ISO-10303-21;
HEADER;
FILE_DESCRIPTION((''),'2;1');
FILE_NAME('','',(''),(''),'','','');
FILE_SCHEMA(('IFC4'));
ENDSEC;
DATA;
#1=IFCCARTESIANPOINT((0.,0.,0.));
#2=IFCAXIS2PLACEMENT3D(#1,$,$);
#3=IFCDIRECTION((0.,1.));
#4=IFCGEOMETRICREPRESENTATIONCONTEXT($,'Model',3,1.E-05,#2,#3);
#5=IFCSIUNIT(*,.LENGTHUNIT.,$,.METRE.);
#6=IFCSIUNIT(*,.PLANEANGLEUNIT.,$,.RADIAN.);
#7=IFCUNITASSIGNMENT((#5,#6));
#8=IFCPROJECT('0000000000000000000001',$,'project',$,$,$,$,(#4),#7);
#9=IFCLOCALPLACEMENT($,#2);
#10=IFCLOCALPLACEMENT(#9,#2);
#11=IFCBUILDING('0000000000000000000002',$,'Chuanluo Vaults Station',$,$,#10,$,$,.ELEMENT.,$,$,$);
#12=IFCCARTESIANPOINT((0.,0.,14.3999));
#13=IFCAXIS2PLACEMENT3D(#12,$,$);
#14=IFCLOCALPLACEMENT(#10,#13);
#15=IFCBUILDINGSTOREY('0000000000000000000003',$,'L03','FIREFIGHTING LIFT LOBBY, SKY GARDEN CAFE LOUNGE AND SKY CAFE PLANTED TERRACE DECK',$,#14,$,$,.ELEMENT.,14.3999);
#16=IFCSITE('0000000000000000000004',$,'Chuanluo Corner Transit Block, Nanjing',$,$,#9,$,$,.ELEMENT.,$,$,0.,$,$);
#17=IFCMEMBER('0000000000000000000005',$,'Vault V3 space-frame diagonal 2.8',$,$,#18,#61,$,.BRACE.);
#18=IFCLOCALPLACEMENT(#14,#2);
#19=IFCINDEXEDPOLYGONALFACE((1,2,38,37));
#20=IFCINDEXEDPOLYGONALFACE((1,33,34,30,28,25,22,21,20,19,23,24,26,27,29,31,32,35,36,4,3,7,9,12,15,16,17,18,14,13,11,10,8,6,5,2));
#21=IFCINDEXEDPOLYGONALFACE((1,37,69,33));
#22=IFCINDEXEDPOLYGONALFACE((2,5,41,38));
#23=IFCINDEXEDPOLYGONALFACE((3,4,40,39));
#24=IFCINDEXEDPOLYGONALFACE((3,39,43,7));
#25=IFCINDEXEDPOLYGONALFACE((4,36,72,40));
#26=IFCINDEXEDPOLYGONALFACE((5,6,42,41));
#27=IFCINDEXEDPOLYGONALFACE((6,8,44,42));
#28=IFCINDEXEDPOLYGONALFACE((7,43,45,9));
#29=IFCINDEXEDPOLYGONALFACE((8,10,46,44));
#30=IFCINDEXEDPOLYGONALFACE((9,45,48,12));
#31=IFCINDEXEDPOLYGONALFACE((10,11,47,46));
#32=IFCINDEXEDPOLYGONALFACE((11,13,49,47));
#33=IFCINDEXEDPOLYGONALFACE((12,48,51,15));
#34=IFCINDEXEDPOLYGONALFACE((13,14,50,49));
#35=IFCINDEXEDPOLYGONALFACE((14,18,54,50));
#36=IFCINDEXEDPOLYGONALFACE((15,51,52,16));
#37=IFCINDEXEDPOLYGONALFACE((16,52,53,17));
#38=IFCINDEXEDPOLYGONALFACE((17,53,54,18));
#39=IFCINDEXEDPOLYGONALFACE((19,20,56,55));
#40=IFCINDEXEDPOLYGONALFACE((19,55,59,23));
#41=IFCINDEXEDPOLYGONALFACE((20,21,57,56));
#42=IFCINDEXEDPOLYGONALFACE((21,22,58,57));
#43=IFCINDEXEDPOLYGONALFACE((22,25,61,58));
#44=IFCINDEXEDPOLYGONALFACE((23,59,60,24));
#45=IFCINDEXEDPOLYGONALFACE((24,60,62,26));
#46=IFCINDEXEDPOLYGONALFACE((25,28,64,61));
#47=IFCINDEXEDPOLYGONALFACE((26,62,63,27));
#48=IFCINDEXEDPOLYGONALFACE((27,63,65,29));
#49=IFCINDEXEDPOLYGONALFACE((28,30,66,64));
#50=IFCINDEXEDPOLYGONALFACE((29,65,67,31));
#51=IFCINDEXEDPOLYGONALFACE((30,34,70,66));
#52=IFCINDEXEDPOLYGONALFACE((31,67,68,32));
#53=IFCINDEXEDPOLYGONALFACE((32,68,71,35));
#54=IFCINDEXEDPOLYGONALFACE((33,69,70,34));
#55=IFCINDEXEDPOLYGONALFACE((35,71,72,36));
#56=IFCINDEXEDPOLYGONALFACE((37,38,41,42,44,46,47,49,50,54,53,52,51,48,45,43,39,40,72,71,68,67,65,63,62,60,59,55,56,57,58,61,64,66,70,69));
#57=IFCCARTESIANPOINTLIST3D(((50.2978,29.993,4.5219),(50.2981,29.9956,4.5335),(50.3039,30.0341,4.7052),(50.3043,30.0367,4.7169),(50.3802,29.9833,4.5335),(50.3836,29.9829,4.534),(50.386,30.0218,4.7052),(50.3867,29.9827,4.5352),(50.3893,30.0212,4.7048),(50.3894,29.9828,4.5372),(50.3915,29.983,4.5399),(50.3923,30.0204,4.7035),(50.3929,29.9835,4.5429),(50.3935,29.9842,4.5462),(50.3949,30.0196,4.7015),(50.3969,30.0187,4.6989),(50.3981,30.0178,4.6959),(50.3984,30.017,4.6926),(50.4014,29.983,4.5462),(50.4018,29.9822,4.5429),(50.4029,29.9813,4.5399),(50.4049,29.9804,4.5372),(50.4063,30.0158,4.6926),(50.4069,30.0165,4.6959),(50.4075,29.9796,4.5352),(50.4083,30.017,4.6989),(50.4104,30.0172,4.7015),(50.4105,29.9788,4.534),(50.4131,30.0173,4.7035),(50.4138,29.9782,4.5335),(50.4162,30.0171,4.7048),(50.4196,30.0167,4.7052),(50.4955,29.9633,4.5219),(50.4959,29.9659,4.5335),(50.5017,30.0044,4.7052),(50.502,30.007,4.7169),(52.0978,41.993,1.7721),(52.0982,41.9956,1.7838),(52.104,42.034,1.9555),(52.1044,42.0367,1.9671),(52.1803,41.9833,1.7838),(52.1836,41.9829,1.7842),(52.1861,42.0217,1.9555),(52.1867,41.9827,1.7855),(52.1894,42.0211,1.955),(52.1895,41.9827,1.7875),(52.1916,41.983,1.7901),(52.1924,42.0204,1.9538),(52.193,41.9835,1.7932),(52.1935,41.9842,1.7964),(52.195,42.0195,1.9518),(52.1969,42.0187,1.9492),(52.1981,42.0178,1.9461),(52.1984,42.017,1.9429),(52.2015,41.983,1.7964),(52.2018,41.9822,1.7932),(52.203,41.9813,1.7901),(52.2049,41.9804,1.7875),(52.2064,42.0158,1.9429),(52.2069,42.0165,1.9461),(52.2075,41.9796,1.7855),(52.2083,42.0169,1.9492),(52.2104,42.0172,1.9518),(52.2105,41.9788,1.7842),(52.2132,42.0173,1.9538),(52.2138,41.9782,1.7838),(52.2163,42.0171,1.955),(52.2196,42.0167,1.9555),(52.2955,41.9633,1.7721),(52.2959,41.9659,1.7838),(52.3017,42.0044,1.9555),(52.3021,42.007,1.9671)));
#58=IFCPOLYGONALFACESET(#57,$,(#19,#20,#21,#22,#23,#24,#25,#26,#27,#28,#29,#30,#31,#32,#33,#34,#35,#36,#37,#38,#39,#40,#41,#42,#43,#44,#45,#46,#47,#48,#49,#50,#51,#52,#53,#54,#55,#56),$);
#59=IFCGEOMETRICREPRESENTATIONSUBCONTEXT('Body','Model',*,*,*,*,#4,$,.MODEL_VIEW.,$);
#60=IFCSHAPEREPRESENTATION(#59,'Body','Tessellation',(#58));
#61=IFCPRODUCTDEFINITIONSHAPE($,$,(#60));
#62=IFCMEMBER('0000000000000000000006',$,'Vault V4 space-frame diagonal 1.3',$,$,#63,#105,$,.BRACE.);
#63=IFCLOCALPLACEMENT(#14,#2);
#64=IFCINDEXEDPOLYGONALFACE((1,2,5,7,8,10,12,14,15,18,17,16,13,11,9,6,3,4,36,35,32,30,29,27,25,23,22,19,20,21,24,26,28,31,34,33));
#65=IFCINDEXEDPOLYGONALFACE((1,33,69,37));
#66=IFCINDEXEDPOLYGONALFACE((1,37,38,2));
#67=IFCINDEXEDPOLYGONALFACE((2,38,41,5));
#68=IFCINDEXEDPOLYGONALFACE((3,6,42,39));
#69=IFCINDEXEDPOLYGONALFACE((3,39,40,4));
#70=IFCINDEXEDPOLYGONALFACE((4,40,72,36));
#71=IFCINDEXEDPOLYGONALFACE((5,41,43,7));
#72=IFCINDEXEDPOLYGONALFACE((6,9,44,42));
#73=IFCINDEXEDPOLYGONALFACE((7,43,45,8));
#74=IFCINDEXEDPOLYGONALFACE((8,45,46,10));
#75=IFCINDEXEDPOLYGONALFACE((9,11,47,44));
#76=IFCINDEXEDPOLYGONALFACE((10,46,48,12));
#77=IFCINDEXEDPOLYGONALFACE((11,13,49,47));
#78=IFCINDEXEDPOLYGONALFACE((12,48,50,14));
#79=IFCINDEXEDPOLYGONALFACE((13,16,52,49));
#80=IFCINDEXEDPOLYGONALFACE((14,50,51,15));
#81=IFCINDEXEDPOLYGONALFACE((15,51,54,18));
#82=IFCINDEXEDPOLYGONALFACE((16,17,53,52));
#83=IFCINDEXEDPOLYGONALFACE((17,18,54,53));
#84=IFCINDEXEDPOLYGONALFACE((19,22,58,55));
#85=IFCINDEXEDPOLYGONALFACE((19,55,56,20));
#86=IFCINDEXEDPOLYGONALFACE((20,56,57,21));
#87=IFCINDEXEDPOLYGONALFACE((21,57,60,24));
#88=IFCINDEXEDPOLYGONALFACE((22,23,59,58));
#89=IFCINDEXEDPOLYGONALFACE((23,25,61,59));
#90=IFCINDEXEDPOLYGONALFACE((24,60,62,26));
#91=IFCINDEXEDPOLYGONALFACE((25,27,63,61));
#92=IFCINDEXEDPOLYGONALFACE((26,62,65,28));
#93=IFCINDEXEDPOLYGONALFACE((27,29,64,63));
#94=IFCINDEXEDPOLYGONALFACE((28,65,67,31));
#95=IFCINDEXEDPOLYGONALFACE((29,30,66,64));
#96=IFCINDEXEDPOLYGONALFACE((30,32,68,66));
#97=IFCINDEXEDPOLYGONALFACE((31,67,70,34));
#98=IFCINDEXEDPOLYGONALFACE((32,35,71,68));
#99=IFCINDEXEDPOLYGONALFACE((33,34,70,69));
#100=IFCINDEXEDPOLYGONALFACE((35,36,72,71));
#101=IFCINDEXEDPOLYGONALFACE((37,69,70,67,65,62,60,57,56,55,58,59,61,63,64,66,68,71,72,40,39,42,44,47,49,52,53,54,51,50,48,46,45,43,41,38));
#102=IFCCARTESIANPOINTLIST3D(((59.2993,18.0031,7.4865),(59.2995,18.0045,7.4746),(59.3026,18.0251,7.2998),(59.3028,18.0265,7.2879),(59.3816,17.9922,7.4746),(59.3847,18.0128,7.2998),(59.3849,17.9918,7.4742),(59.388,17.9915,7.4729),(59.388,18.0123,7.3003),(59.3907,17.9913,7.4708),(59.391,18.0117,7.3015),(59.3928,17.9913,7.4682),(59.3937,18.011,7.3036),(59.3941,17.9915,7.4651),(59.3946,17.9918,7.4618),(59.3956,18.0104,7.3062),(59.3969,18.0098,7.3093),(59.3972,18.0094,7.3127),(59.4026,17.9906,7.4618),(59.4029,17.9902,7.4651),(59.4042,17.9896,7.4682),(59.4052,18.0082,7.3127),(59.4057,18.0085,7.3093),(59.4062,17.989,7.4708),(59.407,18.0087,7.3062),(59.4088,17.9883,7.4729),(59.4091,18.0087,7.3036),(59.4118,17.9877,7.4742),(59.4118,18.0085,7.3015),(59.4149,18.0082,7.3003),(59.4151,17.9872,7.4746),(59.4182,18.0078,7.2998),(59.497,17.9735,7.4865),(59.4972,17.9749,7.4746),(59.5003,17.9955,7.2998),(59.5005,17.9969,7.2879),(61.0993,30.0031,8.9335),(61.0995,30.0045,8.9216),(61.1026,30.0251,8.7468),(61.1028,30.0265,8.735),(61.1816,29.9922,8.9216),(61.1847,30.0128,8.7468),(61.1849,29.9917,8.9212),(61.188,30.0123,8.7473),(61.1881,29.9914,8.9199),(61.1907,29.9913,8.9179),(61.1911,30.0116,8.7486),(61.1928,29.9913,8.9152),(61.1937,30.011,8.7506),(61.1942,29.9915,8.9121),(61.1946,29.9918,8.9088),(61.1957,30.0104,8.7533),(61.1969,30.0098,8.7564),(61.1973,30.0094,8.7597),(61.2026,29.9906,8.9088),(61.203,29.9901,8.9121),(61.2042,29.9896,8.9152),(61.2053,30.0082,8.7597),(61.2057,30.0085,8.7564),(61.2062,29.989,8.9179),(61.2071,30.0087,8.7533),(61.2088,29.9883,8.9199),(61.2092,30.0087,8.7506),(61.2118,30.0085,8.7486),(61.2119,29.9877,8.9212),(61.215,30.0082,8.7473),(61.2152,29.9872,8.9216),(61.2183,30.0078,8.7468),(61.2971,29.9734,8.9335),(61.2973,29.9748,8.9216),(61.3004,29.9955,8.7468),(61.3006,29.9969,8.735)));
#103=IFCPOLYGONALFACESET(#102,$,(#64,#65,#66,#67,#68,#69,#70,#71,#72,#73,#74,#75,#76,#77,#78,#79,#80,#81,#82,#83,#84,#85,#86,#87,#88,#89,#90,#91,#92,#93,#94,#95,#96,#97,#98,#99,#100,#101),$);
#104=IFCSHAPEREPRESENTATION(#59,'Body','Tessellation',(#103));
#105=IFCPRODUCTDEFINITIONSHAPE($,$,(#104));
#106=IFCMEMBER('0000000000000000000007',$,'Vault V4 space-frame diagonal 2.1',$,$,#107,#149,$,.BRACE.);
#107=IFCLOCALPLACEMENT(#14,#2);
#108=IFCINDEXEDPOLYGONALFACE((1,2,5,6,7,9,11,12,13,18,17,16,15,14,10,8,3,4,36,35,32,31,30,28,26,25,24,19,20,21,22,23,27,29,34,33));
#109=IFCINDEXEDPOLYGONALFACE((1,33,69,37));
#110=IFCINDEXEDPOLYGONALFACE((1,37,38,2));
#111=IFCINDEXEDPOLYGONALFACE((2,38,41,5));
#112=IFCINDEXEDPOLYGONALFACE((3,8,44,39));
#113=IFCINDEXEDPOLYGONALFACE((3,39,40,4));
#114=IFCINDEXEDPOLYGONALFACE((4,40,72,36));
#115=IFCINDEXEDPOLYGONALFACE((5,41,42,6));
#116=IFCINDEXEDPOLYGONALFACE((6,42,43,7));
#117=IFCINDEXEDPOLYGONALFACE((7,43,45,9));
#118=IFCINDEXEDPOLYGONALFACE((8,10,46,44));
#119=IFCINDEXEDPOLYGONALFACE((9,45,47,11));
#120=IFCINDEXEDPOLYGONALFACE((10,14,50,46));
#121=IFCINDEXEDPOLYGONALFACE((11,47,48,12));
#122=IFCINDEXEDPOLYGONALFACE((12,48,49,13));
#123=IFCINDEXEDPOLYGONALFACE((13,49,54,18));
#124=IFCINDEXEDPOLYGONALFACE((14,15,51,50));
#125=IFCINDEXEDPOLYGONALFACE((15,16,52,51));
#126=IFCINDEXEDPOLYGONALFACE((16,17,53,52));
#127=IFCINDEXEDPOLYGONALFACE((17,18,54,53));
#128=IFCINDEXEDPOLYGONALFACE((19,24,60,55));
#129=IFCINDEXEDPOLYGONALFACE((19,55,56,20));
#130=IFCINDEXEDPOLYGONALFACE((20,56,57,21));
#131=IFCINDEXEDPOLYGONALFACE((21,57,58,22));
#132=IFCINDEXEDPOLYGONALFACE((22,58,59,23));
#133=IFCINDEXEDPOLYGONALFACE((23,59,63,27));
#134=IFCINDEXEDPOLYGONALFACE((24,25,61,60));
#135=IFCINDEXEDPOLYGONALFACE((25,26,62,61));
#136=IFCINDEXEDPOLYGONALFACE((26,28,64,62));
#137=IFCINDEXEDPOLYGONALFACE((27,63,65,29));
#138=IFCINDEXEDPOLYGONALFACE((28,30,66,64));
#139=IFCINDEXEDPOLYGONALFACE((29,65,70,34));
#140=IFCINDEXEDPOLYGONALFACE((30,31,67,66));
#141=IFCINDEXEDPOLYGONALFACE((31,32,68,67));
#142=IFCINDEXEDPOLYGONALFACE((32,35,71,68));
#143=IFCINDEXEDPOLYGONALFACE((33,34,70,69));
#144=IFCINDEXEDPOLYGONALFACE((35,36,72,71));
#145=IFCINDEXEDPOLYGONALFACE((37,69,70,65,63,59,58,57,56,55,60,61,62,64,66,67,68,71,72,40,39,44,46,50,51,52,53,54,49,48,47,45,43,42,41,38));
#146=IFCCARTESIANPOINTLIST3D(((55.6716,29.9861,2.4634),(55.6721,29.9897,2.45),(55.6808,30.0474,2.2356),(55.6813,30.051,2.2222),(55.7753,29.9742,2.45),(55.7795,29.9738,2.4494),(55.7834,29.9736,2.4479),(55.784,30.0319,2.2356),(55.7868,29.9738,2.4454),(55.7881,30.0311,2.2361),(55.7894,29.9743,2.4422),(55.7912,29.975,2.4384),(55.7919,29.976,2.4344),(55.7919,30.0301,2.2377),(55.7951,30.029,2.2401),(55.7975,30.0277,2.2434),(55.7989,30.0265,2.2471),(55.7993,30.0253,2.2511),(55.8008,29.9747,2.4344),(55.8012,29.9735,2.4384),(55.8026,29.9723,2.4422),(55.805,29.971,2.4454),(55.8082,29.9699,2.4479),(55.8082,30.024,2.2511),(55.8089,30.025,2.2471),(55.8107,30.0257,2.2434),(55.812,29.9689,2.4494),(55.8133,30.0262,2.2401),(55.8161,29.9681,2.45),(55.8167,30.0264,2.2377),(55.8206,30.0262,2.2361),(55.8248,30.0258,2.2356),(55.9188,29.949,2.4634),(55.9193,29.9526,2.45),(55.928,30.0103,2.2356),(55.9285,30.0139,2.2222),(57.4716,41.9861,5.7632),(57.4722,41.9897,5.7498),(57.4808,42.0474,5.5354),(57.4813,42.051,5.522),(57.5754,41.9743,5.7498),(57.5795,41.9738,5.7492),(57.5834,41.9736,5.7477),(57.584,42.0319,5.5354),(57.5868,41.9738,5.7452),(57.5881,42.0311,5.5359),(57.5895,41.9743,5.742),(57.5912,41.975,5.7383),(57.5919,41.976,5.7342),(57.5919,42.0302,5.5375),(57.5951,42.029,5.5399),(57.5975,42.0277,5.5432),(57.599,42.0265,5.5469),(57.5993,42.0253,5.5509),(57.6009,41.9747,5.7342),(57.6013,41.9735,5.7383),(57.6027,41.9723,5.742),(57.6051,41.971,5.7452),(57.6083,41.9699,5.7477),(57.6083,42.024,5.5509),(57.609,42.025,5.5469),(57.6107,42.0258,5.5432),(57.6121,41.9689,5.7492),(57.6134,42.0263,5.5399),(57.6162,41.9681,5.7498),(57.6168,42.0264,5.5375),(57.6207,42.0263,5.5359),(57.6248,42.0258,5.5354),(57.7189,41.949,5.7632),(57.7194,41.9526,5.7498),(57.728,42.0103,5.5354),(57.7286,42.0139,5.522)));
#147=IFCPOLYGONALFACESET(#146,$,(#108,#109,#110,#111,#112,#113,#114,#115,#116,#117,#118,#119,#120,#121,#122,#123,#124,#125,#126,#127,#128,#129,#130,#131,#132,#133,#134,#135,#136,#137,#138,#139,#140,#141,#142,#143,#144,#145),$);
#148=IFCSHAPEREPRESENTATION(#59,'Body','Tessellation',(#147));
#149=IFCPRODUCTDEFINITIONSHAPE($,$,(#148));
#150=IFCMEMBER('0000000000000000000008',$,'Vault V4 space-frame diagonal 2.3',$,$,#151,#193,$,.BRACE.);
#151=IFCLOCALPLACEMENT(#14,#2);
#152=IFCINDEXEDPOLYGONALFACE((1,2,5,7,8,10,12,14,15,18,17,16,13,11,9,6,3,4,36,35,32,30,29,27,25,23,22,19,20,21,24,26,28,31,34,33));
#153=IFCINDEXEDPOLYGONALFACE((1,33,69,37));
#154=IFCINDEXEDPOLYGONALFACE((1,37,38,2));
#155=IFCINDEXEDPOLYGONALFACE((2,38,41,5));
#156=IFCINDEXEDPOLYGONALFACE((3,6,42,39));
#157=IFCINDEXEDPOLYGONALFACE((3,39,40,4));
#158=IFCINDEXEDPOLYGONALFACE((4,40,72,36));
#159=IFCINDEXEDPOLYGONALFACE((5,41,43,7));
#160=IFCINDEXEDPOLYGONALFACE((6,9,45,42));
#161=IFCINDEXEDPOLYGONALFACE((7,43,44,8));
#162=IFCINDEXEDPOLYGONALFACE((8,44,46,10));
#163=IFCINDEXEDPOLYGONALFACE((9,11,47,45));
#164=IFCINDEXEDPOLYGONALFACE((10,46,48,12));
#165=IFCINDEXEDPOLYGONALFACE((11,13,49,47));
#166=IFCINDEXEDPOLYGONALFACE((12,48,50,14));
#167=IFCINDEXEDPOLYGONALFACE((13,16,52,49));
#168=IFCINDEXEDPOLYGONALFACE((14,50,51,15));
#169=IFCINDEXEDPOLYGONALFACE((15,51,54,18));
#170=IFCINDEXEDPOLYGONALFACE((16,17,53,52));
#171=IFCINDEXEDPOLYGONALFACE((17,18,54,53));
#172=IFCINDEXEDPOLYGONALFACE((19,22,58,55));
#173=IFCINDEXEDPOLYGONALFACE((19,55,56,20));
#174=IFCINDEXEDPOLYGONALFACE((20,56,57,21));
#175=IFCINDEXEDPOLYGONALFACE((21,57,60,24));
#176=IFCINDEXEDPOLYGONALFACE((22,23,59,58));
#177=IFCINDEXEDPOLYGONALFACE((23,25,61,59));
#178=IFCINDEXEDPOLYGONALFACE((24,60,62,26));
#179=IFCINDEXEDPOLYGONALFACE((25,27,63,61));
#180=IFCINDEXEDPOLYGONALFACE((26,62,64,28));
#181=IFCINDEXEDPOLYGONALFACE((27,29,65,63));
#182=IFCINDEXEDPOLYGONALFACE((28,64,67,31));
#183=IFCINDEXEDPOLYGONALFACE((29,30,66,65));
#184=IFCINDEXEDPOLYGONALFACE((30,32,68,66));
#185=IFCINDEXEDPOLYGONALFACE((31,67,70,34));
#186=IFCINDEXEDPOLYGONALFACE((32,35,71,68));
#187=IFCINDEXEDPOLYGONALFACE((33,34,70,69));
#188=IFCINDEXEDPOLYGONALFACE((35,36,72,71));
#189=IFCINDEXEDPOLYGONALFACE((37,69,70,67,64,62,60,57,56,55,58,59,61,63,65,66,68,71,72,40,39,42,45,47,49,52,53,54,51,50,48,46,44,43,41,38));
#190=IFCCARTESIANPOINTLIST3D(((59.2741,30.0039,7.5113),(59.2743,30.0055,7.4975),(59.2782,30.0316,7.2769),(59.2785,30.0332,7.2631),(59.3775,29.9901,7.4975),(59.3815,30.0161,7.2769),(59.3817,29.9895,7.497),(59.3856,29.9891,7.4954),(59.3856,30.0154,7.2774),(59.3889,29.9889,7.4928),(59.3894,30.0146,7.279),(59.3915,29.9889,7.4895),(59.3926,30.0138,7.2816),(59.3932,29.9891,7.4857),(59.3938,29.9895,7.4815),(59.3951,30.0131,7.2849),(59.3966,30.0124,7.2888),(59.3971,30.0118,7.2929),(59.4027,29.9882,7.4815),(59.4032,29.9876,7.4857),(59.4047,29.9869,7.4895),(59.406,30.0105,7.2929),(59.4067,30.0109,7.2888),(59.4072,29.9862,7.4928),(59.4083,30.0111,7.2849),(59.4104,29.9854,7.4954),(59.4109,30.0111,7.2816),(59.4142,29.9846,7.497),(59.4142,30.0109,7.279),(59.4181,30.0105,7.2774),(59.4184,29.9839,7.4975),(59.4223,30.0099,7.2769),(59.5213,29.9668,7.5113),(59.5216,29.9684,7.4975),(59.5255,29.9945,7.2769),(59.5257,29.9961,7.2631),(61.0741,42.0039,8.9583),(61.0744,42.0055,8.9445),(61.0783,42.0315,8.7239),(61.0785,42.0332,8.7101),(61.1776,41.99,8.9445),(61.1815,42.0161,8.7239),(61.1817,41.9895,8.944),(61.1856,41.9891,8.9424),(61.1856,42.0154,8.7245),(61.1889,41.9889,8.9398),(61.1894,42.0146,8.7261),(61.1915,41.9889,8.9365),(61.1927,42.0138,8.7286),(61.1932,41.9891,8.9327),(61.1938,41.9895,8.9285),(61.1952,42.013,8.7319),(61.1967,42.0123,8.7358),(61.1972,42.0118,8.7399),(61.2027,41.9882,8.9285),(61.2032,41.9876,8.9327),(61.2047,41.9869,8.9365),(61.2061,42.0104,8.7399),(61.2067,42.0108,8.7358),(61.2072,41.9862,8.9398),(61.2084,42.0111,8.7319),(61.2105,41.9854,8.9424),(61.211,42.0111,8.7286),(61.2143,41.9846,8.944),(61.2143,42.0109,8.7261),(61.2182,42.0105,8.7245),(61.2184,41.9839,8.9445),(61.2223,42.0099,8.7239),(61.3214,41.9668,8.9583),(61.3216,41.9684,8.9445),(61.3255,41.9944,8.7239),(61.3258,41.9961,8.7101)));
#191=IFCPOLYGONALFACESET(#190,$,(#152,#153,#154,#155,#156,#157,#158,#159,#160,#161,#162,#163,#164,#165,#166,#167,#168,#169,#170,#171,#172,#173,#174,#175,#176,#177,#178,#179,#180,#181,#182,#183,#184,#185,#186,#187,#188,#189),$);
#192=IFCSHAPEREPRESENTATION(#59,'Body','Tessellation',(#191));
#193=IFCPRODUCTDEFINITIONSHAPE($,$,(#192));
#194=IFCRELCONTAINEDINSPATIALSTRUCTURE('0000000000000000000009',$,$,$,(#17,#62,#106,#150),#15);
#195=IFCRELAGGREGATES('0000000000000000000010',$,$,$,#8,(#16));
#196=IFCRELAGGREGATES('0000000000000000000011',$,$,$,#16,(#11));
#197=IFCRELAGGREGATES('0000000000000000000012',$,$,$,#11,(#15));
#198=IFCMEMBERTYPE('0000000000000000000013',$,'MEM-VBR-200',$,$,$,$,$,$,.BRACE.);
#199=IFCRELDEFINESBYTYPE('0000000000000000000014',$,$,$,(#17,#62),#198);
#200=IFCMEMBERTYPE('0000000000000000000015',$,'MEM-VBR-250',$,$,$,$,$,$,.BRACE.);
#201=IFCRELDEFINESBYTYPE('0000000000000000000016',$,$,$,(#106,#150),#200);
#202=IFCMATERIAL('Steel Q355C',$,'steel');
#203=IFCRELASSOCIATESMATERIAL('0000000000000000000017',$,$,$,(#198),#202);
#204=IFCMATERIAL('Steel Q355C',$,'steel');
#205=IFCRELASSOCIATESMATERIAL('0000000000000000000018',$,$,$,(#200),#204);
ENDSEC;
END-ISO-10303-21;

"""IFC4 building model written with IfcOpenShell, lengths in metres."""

from ifc_helpers import new_model, si_unit, direction, frame, origin, origin_2d, place, context, subcontext, project, spatial, i_section, extrude, material, material_profile, profile_set, type_object, element, save


model = new_model("IFC4")

# Units and contexts
model_context = context("Model", 3, precision=1e-05, world=origin(), true_north=direction((0.0, 1.0)))
body_context = subcontext(model_context, "Body", "Model", "MODEL_VIEW")
ifc_project = project(units=[si_unit("LENGTHUNIT", "METRE"), si_unit("PLANEANGLEUNIT", "RADIAN")], contexts=[model_context])

# Site, building, storey
site_placement = place(None, origin())
site = spatial("IfcSite", under=ifc_project, at=site_placement, Name="Chuanluo Corner Transit Block, Nanjing", CompositionType="ELEMENT", RefElevation=0.0)
building_placement = place(site_placement, origin())
building = spatial("IfcBuilding", under=site, at=building_placement, Name="Chuanluo Vaults Station", CompositionType="ELEMENT")
storey_placement = place(building_placement, frame((0.0, 0.0, 14.3999)))
storey = spatial("IfcBuildingStorey", under=building, at=storey_placement, Name="L03", Description="FIREFIGHTING LIFT LOBBY, SKY GARDEN CAFE LOUNGE AND SKY CAFE PLANTED TERRACE DECK", CompositionType="ELEMENT", Elevation=14.3999)

# Members
ifc_material_1 = material(Name="Steel Q355C", Category="steel")
ifc_material_profile_1 = material_profile(ifc_material_1, i_section(OverallWidth=0.2, OverallDepth=0.2, WebThickness=0.0081, FlangeThickness=0.012, FilletRadius=0.0129, at=origin_2d()))
ifc_profile_set_1 = profile_set([ifc_material_profile_1], Name="Steel Q355C")
member_type_1 = type_object("IfcMemberType", Name="MEM-VBR-200", PredefinedType="BRACE", material=ifc_profile_set_1)
member_1_placement = place(storey_placement, frame((50.3999, 30.0, 4.6194), z_axis=(0.144676, 0.964481, -0.221007), x_axis=(-0.988936, 0.148344, 0.0)))
element("IfcMember", 1, at=member_1_placement, inside=storey, type_object=member_type_1, Name="Vault V3 space-frame diagonal 2.8", PredefinedType="BRACE", context=body_context, shape_type="SweptSolid", body=[
    extrude(i_section(OverallWidth=0.2, OverallDepth=0.2, WebThickness=0.0081, FlangeThickness=0.012, FilletRadius=0.0129, at=origin_2d()), origin(), (0.0, 0.0, 1.0), 12.4419),
])
member_2_placement = place(storey_placement, frame((59.3999, 18.0, 7.3872), z_axis=(0.147301, 0.981978, 0.118412), x_axis=(-0.988936, 0.148344, 0.0)))
element("IfcMember", 2, at=member_2_placement, inside=storey, type_object=member_type_1, Name="Vault V4 space-frame diagonal 1.3", PredefinedType="BRACE", context=body_context, shape_type="SweptSolid", body=[
    extrude(i_section(OverallWidth=0.2, OverallDepth=0.2, WebThickness=0.0081, FlangeThickness=0.012, FilletRadius=0.0129, at=origin_2d()), origin(), (0.0, 0.0, 1.0), 12.2202),
])
ifc_material_2 = material(Name="Steel Q355C", Category="steel")
ifc_material_profile_2 = material_profile(ifc_material_2, i_section(OverallWidth=0.25, OverallDepth=0.25, WebThickness=0.009, FlangeThickness=0.0139, FilletRadius=0.0161, at=origin_2d()))
ifc_profile_set_2 = profile_set([ifc_material_profile_2], Name="Steel Q355C")
member_type_2 = type_object("IfcMemberType", Name="MEM-VBR-250", PredefinedType="BRACE", material=ifc_profile_set_2)
member_3_placement = place(storey_placement, frame((55.8, 30.0, 2.3428), z_axis=(0.143146, 0.95428, 0.262411), x_axis=(-0.988936, 0.148344, 0.0)))
element("IfcMember", 3, at=member_3_placement, inside=storey, type_object=member_type_2, Name="Vault V4 space-frame diagonal 2.1", PredefinedType="BRACE", context=body_context, shape_type="SweptSolid", body=[
    extrude(i_section(OverallWidth=0.25, OverallDepth=0.25, WebThickness=0.009, FlangeThickness=0.0139, FilletRadius=0.0161, at=origin_2d()), origin(), (0.0, 0.0, 1.0), 12.575),
])
member_4_placement = place(storey_placement, frame((59.3999, 30.0, 7.3872), z_axis=(0.147301, 0.981978, 0.118412), x_axis=(-0.988936, 0.148344, 0.0)))
element("IfcMember", 4, at=member_4_placement, inside=storey, type_object=member_type_2, Name="Vault V4 space-frame diagonal 2.3", PredefinedType="BRACE", context=body_context, shape_type="SweptSolid", body=[
    extrude(i_section(OverallWidth=0.25, OverallDepth=0.25, WebThickness=0.009, FlangeThickness=0.0139, FilletRadius=0.0161, at=origin_2d()), origin(), (0.0, 0.0, 1.0), 12.2202),
])

save(model, "model.ifc")
